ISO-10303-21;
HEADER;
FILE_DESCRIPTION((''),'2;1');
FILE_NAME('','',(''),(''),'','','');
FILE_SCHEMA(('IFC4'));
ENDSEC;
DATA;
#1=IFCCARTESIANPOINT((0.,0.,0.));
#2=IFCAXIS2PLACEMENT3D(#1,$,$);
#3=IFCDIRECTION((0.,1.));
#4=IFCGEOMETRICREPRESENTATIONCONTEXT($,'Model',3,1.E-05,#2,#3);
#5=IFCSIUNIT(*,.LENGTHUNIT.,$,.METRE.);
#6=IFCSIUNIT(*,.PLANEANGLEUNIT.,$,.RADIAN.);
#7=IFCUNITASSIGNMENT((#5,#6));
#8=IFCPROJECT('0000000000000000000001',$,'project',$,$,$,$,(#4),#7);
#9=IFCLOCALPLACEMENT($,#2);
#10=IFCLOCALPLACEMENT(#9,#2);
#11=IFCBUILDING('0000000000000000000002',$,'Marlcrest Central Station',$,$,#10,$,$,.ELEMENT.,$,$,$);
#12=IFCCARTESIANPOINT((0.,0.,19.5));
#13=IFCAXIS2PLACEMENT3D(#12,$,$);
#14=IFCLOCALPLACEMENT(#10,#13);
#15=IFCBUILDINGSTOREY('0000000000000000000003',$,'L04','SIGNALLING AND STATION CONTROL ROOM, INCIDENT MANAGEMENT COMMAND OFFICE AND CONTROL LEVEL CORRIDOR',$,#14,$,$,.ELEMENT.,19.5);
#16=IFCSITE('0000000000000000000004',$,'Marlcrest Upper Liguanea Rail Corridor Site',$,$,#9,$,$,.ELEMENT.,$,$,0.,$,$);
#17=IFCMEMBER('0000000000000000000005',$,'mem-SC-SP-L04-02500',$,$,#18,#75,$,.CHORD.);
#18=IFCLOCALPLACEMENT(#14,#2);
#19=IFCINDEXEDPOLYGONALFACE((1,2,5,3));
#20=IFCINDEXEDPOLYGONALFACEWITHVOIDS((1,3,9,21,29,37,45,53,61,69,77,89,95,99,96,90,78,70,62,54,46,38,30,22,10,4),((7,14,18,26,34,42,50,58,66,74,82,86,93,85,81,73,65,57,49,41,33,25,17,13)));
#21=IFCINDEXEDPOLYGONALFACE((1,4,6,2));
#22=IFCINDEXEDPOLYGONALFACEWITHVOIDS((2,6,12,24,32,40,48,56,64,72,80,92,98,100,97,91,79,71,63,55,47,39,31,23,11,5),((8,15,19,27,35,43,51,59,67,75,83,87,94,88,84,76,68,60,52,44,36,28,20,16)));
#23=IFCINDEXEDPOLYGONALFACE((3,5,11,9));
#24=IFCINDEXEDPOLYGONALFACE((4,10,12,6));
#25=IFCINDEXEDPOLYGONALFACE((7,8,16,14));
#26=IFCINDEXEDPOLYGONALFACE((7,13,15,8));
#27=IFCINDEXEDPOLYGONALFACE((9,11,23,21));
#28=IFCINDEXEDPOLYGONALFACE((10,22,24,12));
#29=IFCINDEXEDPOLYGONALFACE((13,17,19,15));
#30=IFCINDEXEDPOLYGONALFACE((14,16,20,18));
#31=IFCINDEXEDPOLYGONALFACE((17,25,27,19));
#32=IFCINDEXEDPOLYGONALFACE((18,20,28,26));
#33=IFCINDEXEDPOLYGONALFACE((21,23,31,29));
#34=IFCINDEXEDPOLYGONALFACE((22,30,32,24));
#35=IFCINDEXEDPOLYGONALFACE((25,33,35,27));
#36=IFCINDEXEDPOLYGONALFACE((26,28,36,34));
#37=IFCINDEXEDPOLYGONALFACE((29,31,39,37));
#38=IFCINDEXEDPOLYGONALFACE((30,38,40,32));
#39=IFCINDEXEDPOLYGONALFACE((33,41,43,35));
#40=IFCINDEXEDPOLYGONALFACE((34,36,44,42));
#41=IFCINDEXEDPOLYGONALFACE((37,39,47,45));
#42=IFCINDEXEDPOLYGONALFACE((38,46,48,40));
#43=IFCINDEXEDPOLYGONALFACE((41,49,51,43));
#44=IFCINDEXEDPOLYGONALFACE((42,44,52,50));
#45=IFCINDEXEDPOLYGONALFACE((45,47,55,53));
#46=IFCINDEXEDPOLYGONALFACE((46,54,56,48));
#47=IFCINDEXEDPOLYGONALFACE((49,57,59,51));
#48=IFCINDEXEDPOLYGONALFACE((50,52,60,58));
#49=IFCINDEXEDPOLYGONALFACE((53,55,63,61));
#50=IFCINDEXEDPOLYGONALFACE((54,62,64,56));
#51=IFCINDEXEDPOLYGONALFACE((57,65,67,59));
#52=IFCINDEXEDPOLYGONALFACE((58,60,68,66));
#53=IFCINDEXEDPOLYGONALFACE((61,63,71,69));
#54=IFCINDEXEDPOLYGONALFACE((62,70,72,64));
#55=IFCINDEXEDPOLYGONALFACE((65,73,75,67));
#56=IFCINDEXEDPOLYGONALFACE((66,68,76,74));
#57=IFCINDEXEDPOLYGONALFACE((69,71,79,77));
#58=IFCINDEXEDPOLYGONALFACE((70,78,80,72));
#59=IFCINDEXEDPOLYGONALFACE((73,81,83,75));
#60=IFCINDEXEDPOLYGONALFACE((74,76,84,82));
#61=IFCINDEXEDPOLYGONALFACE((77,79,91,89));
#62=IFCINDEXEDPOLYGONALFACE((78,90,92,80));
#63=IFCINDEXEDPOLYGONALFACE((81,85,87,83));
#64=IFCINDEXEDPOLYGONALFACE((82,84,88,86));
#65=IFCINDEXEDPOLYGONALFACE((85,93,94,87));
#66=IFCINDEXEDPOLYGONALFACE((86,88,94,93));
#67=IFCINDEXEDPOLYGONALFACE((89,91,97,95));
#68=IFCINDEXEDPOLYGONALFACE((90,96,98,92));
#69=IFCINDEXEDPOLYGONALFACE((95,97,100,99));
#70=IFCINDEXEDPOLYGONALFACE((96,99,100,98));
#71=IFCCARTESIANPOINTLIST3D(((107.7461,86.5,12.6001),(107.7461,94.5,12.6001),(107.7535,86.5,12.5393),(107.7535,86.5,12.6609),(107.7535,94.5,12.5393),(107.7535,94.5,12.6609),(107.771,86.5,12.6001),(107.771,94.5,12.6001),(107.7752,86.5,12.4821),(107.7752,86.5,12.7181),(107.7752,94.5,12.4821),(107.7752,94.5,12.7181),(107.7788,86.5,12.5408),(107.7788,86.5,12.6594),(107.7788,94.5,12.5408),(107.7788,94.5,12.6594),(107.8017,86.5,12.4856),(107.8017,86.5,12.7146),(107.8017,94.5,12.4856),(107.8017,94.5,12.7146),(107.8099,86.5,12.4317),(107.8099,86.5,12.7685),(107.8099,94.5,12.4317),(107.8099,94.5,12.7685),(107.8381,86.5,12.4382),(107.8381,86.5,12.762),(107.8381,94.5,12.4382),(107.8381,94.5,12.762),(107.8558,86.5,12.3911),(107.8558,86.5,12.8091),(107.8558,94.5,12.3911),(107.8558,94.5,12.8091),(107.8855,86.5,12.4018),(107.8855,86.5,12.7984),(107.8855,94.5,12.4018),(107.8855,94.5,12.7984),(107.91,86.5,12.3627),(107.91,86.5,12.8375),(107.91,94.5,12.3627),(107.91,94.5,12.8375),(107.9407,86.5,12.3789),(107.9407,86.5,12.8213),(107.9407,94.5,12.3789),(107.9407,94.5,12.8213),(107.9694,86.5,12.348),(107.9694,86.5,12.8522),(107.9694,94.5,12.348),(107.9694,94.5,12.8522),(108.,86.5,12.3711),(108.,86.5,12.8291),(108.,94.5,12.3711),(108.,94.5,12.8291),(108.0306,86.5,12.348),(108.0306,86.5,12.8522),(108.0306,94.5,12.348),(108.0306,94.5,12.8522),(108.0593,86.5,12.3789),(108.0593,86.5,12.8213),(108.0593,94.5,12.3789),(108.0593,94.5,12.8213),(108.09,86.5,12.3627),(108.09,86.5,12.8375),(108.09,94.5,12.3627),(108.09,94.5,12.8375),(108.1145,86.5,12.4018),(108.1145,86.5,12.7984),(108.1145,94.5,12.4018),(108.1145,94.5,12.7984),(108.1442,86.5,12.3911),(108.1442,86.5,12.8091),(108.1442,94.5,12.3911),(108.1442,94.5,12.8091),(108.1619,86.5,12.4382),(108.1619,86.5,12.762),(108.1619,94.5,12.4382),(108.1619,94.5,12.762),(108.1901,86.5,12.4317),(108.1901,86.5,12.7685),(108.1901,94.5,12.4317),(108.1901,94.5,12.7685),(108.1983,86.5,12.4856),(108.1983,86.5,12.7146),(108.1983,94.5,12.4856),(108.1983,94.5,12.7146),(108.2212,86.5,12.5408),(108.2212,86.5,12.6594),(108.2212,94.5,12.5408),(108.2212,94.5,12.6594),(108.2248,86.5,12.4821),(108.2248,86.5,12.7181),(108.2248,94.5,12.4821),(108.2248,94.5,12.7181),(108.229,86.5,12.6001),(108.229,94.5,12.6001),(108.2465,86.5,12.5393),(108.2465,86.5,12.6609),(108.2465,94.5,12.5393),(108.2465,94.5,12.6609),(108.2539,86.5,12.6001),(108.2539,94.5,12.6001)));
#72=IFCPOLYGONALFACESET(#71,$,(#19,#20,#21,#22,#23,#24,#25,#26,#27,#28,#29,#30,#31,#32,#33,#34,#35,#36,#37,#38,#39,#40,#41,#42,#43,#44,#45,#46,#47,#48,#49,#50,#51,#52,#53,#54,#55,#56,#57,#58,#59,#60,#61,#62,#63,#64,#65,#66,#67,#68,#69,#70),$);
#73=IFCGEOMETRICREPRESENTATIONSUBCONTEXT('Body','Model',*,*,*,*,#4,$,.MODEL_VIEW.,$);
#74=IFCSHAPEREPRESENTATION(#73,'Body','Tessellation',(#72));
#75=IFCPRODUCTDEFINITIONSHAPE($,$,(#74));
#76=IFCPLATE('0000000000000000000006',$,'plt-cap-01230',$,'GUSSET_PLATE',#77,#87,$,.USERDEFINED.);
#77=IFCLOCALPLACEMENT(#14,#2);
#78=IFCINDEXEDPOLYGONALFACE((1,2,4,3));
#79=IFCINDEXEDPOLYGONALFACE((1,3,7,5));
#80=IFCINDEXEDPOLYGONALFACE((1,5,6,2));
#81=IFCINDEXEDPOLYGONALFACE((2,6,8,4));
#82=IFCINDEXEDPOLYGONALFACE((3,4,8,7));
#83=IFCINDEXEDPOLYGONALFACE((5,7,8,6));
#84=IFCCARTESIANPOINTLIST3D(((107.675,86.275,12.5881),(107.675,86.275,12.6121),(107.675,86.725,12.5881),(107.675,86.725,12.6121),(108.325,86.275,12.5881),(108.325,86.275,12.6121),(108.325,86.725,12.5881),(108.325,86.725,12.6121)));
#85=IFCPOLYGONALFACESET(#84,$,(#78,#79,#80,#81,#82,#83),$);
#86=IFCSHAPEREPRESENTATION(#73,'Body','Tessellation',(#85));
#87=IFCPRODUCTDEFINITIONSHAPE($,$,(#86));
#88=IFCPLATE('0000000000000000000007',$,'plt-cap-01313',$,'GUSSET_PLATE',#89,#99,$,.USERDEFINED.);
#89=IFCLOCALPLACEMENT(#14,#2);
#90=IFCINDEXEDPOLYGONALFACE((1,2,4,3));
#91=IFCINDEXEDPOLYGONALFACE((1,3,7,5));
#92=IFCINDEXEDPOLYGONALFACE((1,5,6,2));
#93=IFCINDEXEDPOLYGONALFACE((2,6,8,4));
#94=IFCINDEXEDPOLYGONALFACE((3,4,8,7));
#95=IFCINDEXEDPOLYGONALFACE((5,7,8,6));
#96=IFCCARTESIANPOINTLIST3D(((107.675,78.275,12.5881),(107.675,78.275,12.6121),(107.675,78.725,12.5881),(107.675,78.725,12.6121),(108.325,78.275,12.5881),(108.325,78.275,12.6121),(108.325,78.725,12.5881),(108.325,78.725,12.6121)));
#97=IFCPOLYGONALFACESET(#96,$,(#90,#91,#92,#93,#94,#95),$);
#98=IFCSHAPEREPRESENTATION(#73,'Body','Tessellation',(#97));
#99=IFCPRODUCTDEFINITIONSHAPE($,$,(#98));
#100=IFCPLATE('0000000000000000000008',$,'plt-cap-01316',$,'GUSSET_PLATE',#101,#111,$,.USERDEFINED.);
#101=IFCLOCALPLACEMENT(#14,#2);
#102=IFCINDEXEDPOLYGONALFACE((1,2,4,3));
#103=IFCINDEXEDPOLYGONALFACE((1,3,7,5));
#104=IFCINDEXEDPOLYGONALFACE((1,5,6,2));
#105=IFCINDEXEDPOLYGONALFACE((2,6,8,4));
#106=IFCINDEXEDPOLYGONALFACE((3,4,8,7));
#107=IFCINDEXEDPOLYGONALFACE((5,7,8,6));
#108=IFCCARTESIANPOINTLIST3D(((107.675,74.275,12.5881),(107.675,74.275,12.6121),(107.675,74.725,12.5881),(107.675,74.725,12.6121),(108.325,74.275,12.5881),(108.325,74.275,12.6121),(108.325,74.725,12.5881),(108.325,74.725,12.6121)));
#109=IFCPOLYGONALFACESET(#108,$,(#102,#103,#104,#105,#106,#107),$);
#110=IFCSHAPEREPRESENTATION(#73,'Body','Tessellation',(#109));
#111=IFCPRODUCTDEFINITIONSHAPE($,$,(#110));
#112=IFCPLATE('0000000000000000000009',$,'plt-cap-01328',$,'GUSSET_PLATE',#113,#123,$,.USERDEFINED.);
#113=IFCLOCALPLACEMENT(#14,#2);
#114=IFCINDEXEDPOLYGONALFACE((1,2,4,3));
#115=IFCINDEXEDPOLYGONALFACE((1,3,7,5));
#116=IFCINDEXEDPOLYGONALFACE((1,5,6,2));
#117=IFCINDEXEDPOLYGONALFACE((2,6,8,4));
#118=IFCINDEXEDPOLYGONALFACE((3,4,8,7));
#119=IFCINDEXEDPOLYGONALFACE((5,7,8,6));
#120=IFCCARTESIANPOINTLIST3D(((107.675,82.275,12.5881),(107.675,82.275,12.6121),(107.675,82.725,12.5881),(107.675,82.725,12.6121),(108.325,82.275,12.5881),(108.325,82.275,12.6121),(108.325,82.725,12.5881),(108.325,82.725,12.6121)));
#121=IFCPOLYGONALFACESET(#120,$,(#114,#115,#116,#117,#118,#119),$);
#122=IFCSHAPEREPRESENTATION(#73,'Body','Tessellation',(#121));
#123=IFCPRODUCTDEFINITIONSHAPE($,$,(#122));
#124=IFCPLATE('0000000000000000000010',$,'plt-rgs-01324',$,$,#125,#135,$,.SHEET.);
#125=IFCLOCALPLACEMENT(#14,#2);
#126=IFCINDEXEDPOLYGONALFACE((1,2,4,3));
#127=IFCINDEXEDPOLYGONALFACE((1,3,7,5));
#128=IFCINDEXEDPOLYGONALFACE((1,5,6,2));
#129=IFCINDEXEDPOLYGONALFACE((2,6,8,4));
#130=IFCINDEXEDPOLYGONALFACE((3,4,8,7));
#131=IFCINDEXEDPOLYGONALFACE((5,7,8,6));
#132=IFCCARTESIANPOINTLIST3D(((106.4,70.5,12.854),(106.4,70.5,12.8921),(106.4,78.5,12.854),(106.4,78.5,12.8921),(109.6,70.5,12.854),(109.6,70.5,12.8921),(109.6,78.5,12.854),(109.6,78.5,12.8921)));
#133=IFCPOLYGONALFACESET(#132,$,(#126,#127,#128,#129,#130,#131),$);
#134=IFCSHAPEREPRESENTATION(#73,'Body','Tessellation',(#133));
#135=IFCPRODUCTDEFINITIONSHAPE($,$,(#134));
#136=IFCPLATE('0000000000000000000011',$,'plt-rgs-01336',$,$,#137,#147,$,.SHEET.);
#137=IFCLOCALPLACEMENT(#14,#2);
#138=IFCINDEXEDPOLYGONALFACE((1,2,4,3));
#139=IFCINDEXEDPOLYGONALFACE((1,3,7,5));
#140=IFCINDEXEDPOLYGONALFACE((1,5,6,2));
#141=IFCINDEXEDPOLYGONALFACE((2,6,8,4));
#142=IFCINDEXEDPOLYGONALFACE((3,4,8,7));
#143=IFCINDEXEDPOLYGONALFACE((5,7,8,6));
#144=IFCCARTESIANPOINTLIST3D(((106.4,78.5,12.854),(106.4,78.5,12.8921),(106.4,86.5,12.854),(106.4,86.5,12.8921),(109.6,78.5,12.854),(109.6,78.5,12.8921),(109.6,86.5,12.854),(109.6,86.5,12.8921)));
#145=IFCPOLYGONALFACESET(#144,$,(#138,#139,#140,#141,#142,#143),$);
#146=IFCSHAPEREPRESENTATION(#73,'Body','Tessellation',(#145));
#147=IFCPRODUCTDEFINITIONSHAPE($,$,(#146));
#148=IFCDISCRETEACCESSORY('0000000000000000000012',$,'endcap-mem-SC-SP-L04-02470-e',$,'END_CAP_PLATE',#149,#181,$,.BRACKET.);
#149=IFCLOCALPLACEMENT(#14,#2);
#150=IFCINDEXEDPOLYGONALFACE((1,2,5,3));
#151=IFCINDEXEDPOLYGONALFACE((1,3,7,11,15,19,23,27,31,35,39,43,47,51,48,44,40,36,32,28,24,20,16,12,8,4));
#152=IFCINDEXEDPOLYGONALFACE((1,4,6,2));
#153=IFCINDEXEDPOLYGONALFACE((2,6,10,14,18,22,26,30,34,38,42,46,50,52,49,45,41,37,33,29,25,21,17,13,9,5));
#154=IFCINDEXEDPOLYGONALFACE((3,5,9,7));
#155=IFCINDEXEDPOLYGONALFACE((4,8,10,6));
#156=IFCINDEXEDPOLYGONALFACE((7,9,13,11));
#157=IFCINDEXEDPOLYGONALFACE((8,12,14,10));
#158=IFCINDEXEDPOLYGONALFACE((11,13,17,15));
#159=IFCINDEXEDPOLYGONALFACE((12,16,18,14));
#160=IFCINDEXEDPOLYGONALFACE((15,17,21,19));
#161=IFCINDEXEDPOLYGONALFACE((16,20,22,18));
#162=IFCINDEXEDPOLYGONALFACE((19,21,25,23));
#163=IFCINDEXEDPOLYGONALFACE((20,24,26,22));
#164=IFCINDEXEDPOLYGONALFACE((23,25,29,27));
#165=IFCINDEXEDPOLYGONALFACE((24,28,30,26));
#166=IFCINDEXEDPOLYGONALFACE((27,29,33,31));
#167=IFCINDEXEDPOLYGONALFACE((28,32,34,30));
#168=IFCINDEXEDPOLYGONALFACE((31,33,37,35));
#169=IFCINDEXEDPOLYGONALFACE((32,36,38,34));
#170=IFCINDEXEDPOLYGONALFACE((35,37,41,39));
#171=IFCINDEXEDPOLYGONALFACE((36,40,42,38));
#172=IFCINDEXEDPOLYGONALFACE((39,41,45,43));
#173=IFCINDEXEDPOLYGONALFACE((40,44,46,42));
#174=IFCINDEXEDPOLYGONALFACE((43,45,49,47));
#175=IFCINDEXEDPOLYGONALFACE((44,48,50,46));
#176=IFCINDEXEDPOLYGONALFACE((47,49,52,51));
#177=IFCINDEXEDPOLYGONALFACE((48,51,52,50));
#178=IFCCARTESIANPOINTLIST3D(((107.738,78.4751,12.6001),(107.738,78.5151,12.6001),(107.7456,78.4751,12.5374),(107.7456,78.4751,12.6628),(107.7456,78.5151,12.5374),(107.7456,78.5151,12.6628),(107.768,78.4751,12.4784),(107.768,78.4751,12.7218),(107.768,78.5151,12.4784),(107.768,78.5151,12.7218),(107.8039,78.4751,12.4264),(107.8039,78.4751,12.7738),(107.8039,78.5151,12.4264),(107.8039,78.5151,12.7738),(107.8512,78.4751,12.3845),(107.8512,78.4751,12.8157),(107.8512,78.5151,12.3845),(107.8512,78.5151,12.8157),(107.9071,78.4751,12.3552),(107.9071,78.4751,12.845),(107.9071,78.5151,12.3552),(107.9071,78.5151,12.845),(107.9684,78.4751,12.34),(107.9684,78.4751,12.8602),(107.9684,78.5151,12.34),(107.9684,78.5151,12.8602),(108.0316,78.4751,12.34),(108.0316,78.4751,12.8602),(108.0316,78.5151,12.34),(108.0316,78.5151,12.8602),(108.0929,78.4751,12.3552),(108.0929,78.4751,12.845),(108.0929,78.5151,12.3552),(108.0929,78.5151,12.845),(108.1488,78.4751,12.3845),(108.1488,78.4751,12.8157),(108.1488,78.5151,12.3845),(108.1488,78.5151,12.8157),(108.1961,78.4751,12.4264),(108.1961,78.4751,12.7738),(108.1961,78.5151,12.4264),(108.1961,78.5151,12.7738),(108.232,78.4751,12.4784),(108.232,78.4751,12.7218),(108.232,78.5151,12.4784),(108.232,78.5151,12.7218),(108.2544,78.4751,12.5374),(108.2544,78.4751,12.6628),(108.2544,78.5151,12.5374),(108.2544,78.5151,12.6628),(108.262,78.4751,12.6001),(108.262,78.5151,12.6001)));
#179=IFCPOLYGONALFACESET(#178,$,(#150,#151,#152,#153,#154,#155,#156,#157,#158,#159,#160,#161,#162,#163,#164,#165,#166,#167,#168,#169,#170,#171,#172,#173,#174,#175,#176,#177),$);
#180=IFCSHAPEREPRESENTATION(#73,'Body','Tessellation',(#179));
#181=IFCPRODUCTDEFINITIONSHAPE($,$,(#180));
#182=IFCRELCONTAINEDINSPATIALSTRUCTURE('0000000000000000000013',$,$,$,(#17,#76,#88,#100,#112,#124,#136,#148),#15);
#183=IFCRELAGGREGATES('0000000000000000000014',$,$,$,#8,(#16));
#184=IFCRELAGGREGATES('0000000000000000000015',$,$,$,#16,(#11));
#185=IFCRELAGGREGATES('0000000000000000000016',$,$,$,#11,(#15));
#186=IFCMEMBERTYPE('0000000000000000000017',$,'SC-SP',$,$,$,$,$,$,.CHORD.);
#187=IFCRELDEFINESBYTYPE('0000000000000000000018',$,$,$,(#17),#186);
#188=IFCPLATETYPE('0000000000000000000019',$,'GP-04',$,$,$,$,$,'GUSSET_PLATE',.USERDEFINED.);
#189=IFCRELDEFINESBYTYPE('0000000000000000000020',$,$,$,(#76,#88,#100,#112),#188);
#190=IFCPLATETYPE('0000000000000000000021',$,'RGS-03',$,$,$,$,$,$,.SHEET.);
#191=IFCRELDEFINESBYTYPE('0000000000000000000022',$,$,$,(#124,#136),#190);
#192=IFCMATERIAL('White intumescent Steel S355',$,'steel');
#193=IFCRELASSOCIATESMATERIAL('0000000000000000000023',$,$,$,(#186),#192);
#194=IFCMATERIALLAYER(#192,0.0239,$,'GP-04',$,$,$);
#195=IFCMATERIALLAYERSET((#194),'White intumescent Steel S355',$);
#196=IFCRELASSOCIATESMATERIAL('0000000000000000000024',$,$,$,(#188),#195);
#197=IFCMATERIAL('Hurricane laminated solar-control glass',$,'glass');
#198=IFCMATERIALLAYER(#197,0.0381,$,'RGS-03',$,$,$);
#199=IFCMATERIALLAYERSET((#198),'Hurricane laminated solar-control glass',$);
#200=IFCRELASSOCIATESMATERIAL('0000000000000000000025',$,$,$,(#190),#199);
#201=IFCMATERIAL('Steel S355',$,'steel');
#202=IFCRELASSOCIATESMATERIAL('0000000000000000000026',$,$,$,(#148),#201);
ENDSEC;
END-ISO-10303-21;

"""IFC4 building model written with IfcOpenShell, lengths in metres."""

from ifc_helpers import new_model, si_unit, direction, frame, origin, origin_2d, place, context, subcontext, project, spatial, rectangle, circle, hollow_circle, extrude, material, layer, layer_set, material_profile, profile_set, type_object, element, save


model = new_model("IFC4")

# Units and contexts
model_context = context("Model", 3, precision=1e-05, world=origin(), true_north=direction((0.0, 1.0)))
body_context = subcontext(model_context, "Body", "Model", "MODEL_VIEW")
ifc_project = project(units=[si_unit("LENGTHUNIT", "METRE"), si_unit("PLANEANGLEUNIT", "RADIAN")], contexts=[model_context])

# Site, building, storey
site_placement = place(None, origin())
site = spatial("IfcSite", under=ifc_project, at=site_placement, Name="Marlcrest Upper Liguanea Rail Corridor Site", CompositionType="ELEMENT", RefElevation=0.0)
building_placement = place(site_placement, origin())
building = spatial("IfcBuilding", under=site, at=building_placement, Name="Marlcrest Central Station", CompositionType="ELEMENT")
storey_placement = place(building_placement, frame((0.0, 0.0, 19.5)))
storey = spatial("IfcBuildingStorey", under=building, at=storey_placement, Name="L04", Description="SIGNALLING AND STATION CONTROL ROOM, INCIDENT MANAGEMENT COMMAND OFFICE AND CONTROL LEVEL CORRIDOR", CompositionType="ELEMENT", Elevation=19.5)

# Member
ifc_material_1 = material(Name="White intumescent Steel S355", Category="steel")
ifc_material_profile_1 = material_profile(ifc_material_1, hollow_circle(Radius=0.2539, WallThickness=0.0249, at=origin_2d()), Name="CHS 508x25")
ifc_profile_set_1 = profile_set([ifc_material_profile_1], Name="White intumescent Steel S355")
member_type_1 = type_object("IfcMemberType", Name="SC-SP", PredefinedType="CHORD", material=ifc_profile_set_1)
for number, where, z_axis, x_axis, name in (
    (1, (108.0, 86.5, 12.6001), (0.0, 1.0, 0.0), (-1.0, 0.0, 0.0), "mem-SC-SP-L04-02500"),
):
    element("IfcMember", number, at=place(storey_placement, frame(where, z_axis=z_axis, x_axis=x_axis)), inside=storey, type_object=member_type_1, Name=name, PredefinedType="CHORD", context=body_context, shape_type="SweptSolid", body=[
        extrude(hollow_circle(Radius=0.2539, WallThickness=0.0249, at=origin_2d()), origin(), (0.0, 0.0, 1.0), 8.0),
    ])

# Plates
ifc_layer_1 = layer(ifc_material_1, 0.0239, Name="GP-04")
ifc_layer_set_1 = layer_set([ifc_layer_1], Name="White intumescent Steel S355")
plate_type_1 = type_object("IfcPlateType", Name="GP-04", ElementType="GUSSET_PLATE", PredefinedType="USERDEFINED", material=ifc_layer_set_1)
for number, where, z_axis, x_axis, name in (
    (2, (108.0, 86.5, 12.5881), (0.0, 0.0, 1.0), (1.0, 0.0, 0.0), "plt-cap-01230"),
    (3, (108.0, 78.5, 12.5881), (0.0, 0.0, 1.0), (1.0, 0.0, 0.0), "plt-cap-01313"),
    (4, (108.0, 74.5, 12.5881), (0.0, 0.0, 1.0), (1.0, 0.0, 0.0), "plt-cap-01316"),
    (5, (108.0, 82.5, 12.5881), (0.0, 0.0, 1.0), (1.0, 0.0, 0.0), "plt-cap-01328"),
):
    element("IfcPlate", number, at=place(storey_placement, frame(where, z_axis=z_axis, x_axis=x_axis)), inside=storey, type_object=plate_type_1, Name=name, ObjectType="GUSSET_PLATE", PredefinedType="USERDEFINED", context=body_context, shape_type="SweptSolid", body=[
        extrude(rectangle(XDim=0.6499, YDim=0.45, at=origin_2d()), origin(), (0.0, 0.0, 1.0), 0.0239),
    ])
ifc_material_2 = material(Name="Hurricane laminated solar-control glass", Category="glass")
ifc_layer_2 = layer(ifc_material_2, 0.0381, Name="RGS-03")
ifc_layer_set_2 = layer_set([ifc_layer_2], Name="Hurricane laminated solar-control glass")
plate_type_2 = type_object("IfcPlateType", Name="RGS-03", PredefinedType="SHEET", material=ifc_layer_set_2)
for number, where, z_axis, x_axis, name in (
    (6, (108.0, 74.5, 12.854), (0.0, 0.0, 1.0), (1.0, 0.0, 0.0), "plt-rgs-01324"),
    (7, (108.0, 82.5, 12.854), (0.0, 0.0, 1.0), (1.0, 0.0, 0.0), "plt-rgs-01336"),
):
    element("IfcPlate", number, at=place(storey_placement, frame(where, z_axis=z_axis, x_axis=x_axis)), inside=storey, type_object=plate_type_2, Name=name, PredefinedType="SHEET", context=body_context, shape_type="SweptSolid", body=[
        extrude(rectangle(XDim=3.2, YDim=8.0, at=origin_2d()), origin(), (0.0, 0.0, 1.0), 0.0381),
    ])

# Discrete accessory
ifc_material_3 = material(Name="Steel S355", Category="steel")
discrete_accessory_1_placement = place(storey_placement, frame((108.0, 78.4751, 12.6001), z_axis=(0.0, 1.0, 0.0), x_axis=(-1.0, 0.0, 0.0)))
element("IfcDiscreteAccessory", 8, at=discrete_accessory_1_placement, inside=storey, material=ifc_material_3, Name="endcap-mem-SC-SP-L04-02470-e", ObjectType="END_CAP_PLATE", PredefinedType="BRACKET", context=body_context, shape_type="SweptSolid", body=[
    extrude(circle(Radius=0.262, at=origin_2d()), origin(), (0.0, 0.0, 1.0), 0.04),
])

save(model, "model.ifc")
